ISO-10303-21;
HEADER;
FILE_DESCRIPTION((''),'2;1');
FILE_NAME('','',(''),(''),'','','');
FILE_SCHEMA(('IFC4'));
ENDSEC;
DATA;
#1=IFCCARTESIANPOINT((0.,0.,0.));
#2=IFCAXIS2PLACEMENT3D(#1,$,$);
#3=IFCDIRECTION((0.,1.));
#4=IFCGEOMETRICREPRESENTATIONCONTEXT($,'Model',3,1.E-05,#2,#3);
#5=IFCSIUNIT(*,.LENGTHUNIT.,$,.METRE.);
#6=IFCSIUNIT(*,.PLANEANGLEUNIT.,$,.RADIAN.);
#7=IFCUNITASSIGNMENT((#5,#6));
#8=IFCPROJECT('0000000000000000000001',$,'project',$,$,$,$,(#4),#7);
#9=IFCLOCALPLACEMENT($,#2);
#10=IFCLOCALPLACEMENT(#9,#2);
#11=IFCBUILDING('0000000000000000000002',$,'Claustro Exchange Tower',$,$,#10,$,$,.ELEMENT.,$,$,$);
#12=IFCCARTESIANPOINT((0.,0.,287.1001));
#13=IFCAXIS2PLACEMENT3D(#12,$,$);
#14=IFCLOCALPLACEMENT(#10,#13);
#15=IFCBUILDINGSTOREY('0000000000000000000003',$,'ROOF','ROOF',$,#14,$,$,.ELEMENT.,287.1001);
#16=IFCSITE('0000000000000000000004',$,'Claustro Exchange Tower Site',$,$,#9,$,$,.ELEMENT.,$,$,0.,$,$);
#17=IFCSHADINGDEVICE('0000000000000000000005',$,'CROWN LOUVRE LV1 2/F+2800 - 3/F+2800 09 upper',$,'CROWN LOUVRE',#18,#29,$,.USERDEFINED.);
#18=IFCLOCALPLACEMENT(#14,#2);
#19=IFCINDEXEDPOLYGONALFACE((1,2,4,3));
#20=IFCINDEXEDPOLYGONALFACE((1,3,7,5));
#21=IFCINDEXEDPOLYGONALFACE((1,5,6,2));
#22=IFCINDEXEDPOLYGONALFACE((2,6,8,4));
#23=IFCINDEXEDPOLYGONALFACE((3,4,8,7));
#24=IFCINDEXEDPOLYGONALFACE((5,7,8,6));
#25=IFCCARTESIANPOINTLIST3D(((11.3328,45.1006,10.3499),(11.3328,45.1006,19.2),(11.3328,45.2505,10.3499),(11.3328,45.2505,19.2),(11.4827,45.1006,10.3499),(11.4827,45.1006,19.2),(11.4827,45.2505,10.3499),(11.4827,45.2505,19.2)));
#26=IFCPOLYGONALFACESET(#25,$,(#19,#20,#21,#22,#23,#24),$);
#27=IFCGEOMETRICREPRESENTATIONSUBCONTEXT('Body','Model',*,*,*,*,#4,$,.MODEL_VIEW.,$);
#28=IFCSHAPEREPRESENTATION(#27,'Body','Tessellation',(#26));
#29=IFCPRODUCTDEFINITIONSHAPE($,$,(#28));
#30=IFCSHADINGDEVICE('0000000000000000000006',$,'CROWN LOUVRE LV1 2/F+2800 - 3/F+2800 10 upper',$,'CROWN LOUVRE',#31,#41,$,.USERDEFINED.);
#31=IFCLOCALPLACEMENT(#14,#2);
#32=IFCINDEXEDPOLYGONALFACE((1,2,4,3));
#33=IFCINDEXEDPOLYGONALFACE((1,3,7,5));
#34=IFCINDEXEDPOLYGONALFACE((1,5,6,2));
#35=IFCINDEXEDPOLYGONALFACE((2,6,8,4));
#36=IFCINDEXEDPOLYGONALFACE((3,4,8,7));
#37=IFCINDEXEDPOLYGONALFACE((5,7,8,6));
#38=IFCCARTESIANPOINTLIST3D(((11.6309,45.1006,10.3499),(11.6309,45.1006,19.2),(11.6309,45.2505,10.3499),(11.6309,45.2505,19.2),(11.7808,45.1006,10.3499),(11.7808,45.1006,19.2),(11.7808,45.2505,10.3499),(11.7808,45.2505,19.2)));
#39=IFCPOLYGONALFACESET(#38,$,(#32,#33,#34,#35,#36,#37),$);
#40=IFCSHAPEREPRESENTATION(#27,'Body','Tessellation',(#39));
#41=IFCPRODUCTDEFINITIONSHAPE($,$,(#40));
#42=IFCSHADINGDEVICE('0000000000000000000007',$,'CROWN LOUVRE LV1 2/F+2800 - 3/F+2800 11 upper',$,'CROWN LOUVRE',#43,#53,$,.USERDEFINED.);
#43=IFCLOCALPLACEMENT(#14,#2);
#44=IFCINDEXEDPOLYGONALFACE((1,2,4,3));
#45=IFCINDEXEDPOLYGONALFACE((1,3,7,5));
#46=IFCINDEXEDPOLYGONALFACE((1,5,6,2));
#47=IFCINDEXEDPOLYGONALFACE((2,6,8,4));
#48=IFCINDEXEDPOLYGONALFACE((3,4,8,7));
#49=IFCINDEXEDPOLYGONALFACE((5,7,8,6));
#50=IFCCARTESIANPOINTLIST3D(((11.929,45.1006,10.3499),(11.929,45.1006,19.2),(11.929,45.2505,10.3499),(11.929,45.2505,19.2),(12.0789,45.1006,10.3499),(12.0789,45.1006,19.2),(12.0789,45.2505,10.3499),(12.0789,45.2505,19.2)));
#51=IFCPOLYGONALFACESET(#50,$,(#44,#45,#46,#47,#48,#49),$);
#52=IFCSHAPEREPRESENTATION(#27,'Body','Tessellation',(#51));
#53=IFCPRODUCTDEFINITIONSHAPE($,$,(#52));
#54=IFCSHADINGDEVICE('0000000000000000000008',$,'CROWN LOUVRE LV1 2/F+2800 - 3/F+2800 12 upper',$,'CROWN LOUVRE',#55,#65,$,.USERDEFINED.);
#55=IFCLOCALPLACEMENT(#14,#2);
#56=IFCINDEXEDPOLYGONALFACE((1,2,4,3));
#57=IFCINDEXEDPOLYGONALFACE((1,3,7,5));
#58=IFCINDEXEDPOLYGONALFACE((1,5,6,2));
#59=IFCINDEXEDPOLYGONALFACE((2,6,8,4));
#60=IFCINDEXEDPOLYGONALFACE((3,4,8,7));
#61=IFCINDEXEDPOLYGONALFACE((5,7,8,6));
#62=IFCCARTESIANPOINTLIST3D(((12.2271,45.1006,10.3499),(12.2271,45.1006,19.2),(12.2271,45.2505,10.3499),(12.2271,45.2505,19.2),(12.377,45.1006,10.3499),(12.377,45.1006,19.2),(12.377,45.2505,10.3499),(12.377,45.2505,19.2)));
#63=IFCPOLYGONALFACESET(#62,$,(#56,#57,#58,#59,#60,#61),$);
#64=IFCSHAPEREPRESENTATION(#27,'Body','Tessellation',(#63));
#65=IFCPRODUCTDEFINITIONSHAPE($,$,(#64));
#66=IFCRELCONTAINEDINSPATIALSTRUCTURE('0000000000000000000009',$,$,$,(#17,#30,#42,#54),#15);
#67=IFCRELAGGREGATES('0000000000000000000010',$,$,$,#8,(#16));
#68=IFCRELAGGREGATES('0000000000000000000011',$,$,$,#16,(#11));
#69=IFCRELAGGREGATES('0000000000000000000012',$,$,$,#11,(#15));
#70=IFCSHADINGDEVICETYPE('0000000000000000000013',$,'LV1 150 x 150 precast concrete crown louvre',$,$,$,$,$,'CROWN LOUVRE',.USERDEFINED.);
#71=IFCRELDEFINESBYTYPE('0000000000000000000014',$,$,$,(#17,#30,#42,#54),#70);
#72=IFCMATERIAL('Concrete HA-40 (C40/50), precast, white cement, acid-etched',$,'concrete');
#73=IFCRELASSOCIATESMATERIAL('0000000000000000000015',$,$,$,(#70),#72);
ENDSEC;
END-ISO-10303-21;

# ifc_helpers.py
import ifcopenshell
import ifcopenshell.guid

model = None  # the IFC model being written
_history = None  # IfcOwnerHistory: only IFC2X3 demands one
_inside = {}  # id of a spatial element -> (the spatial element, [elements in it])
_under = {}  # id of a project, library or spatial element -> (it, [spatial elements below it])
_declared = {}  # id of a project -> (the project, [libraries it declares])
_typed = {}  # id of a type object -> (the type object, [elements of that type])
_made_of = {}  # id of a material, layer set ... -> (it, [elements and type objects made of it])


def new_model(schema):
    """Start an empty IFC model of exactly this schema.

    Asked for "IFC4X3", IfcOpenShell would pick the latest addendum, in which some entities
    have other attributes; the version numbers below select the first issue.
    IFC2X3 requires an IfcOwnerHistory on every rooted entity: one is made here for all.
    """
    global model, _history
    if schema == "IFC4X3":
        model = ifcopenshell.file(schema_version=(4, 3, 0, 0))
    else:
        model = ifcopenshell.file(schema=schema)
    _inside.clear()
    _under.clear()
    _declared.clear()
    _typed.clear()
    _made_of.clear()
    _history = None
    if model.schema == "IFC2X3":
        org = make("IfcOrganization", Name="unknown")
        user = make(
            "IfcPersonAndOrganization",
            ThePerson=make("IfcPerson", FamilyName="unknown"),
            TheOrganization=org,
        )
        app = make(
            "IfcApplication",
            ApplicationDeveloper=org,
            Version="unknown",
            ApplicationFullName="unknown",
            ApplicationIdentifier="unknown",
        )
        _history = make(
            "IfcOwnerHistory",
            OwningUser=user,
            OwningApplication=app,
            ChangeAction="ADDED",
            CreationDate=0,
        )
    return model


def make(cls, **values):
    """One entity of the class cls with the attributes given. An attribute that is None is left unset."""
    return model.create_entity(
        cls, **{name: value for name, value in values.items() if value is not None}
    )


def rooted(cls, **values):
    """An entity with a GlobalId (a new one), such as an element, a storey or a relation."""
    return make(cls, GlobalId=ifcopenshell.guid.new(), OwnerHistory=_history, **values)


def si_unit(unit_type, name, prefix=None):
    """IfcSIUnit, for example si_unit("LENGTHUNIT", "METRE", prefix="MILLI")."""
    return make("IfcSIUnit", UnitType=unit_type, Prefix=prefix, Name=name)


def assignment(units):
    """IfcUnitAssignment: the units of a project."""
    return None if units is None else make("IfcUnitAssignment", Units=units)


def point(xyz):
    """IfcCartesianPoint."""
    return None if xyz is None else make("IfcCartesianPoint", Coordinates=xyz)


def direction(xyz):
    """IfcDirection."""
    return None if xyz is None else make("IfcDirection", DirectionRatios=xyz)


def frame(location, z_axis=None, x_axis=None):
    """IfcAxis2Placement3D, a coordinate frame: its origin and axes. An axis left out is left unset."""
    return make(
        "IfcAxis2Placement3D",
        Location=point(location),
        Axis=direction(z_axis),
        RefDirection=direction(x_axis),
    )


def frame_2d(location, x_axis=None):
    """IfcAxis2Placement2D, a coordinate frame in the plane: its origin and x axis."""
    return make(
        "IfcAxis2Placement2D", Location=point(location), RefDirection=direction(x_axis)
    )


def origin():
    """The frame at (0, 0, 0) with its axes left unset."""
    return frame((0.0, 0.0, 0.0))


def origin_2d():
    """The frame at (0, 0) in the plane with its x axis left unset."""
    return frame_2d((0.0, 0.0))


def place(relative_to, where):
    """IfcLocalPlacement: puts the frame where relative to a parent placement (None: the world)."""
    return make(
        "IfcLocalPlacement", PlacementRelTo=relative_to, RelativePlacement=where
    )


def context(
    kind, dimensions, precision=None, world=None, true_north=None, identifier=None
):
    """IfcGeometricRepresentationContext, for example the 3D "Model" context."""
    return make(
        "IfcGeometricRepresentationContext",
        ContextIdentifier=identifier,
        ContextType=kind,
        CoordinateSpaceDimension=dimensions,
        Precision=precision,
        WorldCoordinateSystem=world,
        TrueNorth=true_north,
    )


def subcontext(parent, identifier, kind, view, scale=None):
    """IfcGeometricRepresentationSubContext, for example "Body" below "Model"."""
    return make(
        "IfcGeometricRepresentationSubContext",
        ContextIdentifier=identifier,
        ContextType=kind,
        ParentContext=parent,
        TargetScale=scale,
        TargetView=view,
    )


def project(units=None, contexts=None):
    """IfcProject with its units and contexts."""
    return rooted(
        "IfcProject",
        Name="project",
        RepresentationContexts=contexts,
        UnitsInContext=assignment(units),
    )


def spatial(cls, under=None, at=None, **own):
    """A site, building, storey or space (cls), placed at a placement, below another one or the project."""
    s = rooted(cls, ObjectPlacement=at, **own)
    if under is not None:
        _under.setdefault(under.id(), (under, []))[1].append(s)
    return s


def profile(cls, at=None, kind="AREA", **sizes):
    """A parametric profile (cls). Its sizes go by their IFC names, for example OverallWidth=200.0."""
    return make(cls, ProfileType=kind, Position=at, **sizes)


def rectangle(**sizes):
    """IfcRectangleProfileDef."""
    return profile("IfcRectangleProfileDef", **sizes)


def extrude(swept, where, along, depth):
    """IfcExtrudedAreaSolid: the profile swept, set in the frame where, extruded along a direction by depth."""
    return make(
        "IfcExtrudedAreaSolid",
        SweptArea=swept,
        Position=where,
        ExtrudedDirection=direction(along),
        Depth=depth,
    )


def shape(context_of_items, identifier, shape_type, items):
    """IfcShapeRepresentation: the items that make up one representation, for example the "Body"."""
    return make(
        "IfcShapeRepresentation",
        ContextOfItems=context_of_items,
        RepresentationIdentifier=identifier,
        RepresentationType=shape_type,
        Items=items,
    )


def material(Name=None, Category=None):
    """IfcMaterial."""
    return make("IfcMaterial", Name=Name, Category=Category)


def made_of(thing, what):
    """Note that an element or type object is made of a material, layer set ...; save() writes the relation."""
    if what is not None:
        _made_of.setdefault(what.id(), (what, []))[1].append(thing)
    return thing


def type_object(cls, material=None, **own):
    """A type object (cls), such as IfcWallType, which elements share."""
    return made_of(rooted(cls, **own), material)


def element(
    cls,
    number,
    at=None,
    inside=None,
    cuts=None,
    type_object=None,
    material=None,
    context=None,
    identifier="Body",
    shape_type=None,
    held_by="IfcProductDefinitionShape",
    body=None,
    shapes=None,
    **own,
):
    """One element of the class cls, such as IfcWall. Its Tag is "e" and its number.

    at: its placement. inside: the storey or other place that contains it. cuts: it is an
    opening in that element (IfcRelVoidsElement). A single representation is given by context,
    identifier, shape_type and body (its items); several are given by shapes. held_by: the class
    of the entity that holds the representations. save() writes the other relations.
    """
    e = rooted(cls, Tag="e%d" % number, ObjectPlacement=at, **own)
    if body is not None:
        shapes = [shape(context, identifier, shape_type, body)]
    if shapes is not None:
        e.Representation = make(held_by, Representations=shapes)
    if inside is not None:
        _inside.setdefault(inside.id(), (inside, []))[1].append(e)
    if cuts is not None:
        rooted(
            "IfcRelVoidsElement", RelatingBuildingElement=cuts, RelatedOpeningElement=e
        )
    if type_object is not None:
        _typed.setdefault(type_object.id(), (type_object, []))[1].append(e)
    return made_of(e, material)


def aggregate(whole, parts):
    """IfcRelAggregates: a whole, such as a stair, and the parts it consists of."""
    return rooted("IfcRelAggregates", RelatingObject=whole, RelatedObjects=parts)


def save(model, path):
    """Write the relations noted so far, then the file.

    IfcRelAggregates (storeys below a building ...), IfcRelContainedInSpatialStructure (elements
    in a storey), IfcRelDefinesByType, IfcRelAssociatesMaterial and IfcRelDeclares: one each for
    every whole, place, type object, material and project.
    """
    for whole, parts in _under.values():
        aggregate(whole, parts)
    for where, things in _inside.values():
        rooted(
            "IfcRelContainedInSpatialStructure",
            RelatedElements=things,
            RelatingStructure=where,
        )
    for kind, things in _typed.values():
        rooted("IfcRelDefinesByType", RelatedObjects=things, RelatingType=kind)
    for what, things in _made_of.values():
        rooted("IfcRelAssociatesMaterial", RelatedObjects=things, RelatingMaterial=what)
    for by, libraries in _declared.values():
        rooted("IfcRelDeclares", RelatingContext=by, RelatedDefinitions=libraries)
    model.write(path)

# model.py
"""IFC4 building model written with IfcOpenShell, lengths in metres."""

from ifc_helpers import new_model, si_unit, direction, frame, origin, origin_2d, place, context, subcontext, project, spatial, rectangle, extrude, material, type_object, element, save


model = new_model("IFC4")

# Units and contexts
model_context = context("Model", 3, precision=1e-05, world=origin(), true_north=direction((0.0, 1.0)))
body_context = subcontext(model_context, "Body", "Model", "MODEL_VIEW")
ifc_project = project(units=[si_unit("LENGTHUNIT", "METRE"), si_unit("PLANEANGLEUNIT", "RADIAN")], contexts=[model_context])

# Site, building, storey
site_placement = place(None, origin())
site = spatial("IfcSite", under=ifc_project, at=site_placement, Name="Claustro Exchange Tower Site", CompositionType="ELEMENT", RefElevation=0.0)
building_placement = place(site_placement, origin())
building = spatial("IfcBuilding", under=site, at=building_placement, Name="Claustro Exchange Tower", CompositionType="ELEMENT")
storey_placement = place(building_placement, frame((0.0, 0.0, 287.1001)))
storey = spatial("IfcBuildingStorey", under=building, at=storey_placement, Name="ROOF", Description="ROOF", CompositionType="ELEMENT", Elevation=287.1001)

# Shading devices
ifc_material_1 = material(Name="Concrete HA-40 (C40/50), precast, white cement, acid-etched", Category="concrete")
shading_device_type = type_object("IfcShadingDeviceType", Name="LV1 150 x 150 precast concrete crown louvre", ElementType="CROWN LOUVRE", PredefinedType="USERDEFINED", material=ifc_material_1)
for number, where, z_axis, x_axis, name in (
    (1, (11.4077, 45.1755, 10.3499), (0.0, 0.0, 1.0), (1.0, 0.0, 0.0), "CROWN LOUVRE LV1 2/F+2800 - 3/F+2800 09 upper"),
    (2, (11.7058, 45.1755, 10.3499), (0.0, 0.0, 1.0), (1.0, 0.0, 0.0), "CROWN LOUVRE LV1 2/F+2800 - 3/F+2800 10 upper"),
    (3, (12.0039, 45.1755, 10.3499), (0.0, 0.0, 1.0), (1.0, 0.0, 0.0), "CROWN LOUVRE LV1 2/F+2800 - 3/F+2800 11 upper"),
    (4, (12.302, 45.1755, 10.3499), (0.0, 0.0, 1.0), (1.0, 0.0, 0.0), "CROWN LOUVRE LV1 2/F+2800 - 3/F+2800 12 upper"),
):
    element("IfcShadingDevice", number, at=place(storey_placement, frame(where, z_axis=z_axis, x_axis=x_axis)), inside=storey, type_object=shading_device_type, Name=name, ObjectType="CROWN LOUVRE", PredefinedType="USERDEFINED", context=body_context, shape_type="SweptSolid", body=[
        extrude(rectangle(XDim=0.1499, YDim=0.1499, at=origin_2d()), origin(), (0.0, 0.0, 1.0), 8.8501),
    ])

save(model, "model.ifc")
